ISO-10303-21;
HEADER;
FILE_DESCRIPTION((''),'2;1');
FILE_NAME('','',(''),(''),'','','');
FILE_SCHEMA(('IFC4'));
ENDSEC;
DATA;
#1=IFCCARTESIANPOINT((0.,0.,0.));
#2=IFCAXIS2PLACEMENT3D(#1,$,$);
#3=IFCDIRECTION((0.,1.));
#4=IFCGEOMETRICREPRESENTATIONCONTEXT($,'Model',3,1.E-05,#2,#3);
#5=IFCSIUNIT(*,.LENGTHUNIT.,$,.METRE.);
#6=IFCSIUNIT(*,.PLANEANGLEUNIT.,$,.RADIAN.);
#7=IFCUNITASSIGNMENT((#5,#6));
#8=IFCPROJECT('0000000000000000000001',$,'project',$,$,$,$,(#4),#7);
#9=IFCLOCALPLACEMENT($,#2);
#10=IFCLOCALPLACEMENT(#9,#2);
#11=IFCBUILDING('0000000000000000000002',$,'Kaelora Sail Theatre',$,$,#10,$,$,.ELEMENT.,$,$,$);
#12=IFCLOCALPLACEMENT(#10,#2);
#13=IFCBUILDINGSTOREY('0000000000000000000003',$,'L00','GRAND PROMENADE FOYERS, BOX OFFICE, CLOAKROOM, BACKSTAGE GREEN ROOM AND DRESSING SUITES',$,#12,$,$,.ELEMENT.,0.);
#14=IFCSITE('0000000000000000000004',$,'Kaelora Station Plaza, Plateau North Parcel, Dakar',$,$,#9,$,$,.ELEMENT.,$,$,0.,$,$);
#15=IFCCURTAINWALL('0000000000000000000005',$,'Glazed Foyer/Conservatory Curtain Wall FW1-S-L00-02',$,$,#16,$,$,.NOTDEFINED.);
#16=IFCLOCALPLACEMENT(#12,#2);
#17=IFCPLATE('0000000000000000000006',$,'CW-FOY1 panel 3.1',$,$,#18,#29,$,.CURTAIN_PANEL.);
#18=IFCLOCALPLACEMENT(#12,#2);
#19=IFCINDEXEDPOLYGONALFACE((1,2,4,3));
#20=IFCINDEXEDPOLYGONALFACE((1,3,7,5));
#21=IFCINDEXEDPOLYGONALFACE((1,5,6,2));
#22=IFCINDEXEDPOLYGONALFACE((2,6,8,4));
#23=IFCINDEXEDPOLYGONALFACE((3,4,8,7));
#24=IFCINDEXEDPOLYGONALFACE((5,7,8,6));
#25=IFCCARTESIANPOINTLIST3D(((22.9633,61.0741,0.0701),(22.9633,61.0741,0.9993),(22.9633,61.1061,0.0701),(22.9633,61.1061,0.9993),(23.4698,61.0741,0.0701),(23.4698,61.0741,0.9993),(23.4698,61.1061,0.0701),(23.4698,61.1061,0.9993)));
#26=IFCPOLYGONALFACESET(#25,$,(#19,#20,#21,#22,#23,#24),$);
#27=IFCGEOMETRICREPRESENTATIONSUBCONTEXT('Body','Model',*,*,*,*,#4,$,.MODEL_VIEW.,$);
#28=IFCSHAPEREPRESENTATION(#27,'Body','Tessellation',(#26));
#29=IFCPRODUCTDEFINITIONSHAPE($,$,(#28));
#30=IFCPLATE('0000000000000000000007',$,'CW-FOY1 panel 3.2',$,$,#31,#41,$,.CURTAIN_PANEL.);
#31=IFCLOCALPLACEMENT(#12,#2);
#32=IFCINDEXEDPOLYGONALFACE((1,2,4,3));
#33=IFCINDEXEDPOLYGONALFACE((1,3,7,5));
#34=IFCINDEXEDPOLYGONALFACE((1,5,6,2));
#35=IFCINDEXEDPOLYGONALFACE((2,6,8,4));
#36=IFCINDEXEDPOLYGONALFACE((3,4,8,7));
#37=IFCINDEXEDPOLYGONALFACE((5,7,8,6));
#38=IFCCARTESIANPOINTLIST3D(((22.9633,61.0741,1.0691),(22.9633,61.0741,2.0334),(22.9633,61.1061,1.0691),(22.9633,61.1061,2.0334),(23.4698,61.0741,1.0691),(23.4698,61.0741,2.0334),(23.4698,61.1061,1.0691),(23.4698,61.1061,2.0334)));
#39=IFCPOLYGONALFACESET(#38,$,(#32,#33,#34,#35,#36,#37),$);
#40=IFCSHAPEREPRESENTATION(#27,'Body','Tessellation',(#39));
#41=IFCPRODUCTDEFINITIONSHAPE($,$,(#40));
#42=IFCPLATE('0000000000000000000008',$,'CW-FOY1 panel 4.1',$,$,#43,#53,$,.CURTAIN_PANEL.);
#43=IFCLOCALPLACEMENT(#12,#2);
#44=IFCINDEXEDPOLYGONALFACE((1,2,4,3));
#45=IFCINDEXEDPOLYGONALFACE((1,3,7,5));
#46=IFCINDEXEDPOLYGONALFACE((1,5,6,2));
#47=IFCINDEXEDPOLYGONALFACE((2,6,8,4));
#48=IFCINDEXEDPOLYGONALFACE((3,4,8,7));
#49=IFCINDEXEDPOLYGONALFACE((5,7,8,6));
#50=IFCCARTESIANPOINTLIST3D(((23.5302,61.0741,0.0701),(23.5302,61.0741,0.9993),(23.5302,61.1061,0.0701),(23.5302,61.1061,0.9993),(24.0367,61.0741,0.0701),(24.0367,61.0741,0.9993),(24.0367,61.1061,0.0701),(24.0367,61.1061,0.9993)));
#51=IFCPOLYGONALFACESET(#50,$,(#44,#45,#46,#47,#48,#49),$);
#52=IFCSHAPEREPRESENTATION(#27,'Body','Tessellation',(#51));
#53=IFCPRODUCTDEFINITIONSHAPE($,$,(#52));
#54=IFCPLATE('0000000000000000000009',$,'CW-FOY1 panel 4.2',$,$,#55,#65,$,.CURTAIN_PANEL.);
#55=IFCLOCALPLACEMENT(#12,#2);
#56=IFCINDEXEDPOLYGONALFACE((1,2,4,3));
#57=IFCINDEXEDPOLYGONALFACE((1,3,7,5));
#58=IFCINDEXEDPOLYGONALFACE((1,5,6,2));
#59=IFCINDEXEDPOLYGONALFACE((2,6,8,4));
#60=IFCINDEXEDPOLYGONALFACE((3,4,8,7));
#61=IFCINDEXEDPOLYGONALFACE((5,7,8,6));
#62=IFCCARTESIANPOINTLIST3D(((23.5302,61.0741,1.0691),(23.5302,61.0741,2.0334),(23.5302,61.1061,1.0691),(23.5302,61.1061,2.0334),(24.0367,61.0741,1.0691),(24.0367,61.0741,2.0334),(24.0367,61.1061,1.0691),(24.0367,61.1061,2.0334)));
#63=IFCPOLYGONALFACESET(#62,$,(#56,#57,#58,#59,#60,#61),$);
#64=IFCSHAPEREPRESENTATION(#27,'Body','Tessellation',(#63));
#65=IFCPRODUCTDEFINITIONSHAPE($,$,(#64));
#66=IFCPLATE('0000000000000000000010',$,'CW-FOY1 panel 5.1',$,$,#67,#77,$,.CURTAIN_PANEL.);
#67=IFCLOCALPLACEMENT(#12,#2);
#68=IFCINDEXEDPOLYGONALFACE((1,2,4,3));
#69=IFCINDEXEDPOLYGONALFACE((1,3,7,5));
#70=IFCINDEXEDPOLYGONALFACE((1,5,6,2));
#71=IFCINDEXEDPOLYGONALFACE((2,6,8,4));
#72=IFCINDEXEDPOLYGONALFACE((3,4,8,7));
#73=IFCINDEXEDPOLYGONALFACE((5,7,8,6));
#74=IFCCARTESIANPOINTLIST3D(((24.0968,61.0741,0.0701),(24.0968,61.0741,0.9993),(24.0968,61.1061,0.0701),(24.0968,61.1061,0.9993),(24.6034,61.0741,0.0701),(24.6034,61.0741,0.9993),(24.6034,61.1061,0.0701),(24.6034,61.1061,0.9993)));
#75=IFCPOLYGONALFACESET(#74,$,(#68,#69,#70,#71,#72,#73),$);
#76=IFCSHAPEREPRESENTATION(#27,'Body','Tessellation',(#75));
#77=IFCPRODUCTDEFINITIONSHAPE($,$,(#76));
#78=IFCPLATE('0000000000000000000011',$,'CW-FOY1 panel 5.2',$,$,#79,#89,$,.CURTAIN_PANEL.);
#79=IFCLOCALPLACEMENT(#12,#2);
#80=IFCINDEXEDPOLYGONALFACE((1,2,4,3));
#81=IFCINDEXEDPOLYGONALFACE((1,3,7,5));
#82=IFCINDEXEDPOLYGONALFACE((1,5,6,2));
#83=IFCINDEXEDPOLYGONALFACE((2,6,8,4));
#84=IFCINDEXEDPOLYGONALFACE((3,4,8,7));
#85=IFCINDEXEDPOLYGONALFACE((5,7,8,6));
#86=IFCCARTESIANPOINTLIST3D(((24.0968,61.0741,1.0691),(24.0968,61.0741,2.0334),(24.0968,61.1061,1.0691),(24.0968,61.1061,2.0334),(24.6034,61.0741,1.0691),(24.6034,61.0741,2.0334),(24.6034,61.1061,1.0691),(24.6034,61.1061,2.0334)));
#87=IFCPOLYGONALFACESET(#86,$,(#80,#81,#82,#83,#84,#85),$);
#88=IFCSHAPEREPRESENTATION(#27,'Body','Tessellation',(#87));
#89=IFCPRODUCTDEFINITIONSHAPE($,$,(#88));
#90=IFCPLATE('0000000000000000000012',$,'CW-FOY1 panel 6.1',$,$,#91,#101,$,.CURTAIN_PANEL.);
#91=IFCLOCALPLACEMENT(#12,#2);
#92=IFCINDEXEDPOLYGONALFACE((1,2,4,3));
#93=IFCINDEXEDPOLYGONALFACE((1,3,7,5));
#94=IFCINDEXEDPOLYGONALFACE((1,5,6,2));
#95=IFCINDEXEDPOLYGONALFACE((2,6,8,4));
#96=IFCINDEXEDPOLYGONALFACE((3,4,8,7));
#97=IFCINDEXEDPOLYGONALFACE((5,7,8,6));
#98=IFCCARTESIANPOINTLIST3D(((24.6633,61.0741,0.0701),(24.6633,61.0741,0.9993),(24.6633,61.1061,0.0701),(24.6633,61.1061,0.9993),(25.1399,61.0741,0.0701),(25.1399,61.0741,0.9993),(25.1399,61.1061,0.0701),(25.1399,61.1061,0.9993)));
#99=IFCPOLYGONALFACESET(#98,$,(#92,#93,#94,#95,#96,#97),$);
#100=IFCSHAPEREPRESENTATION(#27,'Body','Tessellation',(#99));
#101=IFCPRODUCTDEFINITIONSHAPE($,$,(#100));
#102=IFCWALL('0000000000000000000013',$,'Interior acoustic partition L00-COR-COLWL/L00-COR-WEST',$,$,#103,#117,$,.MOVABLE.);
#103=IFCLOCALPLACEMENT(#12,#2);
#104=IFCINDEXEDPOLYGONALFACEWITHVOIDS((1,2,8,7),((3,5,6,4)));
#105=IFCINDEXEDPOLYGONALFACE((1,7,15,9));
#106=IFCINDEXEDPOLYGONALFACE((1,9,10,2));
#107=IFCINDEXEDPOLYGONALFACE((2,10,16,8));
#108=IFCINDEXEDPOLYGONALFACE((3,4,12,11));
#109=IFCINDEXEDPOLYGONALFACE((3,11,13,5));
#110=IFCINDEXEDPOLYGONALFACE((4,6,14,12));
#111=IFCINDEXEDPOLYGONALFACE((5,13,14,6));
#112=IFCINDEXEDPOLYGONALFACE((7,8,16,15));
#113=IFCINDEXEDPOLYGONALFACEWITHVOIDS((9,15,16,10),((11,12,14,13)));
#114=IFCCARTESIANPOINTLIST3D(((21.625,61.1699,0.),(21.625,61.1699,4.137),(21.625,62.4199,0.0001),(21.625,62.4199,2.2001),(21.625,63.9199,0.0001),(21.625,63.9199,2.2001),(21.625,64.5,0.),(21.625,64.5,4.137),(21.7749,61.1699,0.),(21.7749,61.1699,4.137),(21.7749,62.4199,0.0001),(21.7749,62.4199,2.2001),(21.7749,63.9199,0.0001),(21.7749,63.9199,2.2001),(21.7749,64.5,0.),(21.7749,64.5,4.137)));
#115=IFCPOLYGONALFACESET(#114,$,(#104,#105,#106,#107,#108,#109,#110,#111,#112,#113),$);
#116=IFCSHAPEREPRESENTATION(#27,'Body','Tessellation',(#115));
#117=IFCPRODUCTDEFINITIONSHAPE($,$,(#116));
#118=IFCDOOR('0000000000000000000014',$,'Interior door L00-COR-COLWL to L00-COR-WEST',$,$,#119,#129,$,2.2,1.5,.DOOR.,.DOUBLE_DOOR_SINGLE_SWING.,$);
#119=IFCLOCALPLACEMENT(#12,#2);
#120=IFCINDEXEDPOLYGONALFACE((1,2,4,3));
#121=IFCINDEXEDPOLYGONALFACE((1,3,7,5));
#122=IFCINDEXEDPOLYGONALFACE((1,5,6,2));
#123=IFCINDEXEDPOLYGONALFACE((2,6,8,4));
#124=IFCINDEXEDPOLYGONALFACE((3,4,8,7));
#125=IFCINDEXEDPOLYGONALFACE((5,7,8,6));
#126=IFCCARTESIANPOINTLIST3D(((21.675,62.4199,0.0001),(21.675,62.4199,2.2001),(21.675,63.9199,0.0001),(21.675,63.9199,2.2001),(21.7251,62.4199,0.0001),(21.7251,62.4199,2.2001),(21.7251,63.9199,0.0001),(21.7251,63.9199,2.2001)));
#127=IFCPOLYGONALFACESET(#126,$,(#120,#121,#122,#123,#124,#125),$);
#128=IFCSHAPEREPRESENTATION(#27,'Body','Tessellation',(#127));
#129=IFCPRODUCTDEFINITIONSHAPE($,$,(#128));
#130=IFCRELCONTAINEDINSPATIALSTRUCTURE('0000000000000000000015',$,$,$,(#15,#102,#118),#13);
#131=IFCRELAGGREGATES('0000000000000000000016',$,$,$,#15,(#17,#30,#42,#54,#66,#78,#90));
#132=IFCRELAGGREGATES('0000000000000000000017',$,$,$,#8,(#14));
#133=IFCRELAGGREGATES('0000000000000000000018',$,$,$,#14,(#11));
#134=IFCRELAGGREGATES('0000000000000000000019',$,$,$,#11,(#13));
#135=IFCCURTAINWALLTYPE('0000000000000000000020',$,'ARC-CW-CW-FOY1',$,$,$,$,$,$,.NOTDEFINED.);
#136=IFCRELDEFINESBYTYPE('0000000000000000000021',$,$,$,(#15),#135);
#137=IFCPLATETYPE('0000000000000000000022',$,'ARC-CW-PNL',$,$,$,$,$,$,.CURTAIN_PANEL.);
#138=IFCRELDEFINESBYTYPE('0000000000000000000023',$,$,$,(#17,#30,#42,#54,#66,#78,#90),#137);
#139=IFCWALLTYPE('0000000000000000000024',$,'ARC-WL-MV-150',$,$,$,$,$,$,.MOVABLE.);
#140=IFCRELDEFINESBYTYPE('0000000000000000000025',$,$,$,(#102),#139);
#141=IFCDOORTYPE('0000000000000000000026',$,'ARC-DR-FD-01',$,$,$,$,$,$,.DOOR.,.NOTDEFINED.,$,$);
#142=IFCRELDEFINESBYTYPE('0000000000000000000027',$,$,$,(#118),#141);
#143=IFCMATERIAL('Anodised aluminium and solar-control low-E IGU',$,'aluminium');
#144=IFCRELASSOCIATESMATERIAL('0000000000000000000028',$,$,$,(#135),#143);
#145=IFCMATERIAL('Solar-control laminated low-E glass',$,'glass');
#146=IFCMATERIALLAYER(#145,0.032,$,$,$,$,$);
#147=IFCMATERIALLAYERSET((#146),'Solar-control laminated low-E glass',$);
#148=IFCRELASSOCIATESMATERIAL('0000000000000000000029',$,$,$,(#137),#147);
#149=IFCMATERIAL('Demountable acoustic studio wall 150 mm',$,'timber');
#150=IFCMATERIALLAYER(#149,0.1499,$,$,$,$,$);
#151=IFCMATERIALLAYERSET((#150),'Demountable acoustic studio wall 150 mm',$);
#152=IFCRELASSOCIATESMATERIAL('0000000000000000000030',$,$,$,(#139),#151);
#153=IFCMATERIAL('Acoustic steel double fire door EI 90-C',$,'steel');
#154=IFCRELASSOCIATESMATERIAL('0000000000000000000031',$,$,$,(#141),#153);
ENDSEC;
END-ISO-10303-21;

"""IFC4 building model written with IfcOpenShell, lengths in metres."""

from ifc_helpers import new_model, si_unit, direction, frame, frame_2d, origin, origin_2d, place, context, subcontext, project, spatial, rectangle, extrude, material, layer, layer_set, type_object, element, fill, aggregate, save


model = new_model("IFC4")

# Units and contexts
model_context = context("Model", 3, precision=1e-05, world=origin(), true_north=direction((0.0, 1.0)))
body_context = subcontext(model_context, "Body", "Model", "MODEL_VIEW")
ifc_project = project(units=[si_unit("LENGTHUNIT", "METRE"), si_unit("PLANEANGLEUNIT", "RADIAN")], contexts=[model_context])

# Site, building, storey
site_placement = place(None, origin())
site = spatial("IfcSite", under=ifc_project, at=site_placement, Name="Kaelora Station Plaza, Plateau North Parcel, Dakar", CompositionType="ELEMENT", RefElevation=0.0)
building_placement = place(site_placement, origin())
building = spatial("IfcBuilding", under=site, at=building_placement, Name="Kaelora Sail Theatre", CompositionType="ELEMENT")
storey_placement = place(building_placement, origin())
storey = spatial("IfcBuildingStorey", under=building, at=storey_placement, Name="L00", Description="GRAND PROMENADE FOYERS, BOX OFFICE, CLOAKROOM, BACKSTAGE GREEN ROOM AND DRESSING SUITES", CompositionType="ELEMENT", Elevation=0.0)

# Curtain wall
ifc_material_1 = material(Name="Anodised aluminium and solar-control low-E IGU", Category="aluminium")
curtain_wall_type = type_object("IfcCurtainWallType", Name="ARC-CW-CW-FOY1", PredefinedType="NOTDEFINED", material=ifc_material_1)
curtain_wall_placement = place(storey_placement, origin())
curtain_wall = element("IfcCurtainWall", 1, at=curtain_wall_placement, inside=storey, type_object=curtain_wall_type, Name="Glazed Foyer/Conservatory Curtain Wall FW1-S-L00-02", PredefinedType="NOTDEFINED")

# Plates
ifc_material_2 = material(Name="Solar-control laminated low-E glass", Category="glass")
ifc_layer_1 = layer(ifc_material_2, 0.032)
ifc_layer_set_1 = layer_set([ifc_layer_1], Name="Solar-control laminated low-E glass")
plate_type = type_object("IfcPlateType", Name="ARC-CW-PNL", PredefinedType="CURTAIN_PANEL", material=ifc_layer_set_1)
plate_1_placement = place(storey_placement, frame((23.2166, 61.0901, 0.0701), z_axis=(0.0, 0.0, 1.0), x_axis=(1.0, 0.0, 0.0)))
plate_1 = element("IfcPlate", 2, at=plate_1_placement, type_object=plate_type, Name="CW-FOY1 panel 3.1", PredefinedType="CURTAIN_PANEL", context=body_context, shape_type="SweptSolid", body=[
    extrude(rectangle(XDim=0.5066, YDim=0.032, at=origin_2d()), origin(), (0.0, 0.0, 1.0), 0.9292),
])
plate_2_placement = place(storey_placement, frame((23.2166, 61.0901, 1.0691), z_axis=(0.0, 0.0, 1.0), x_axis=(1.0, 0.0, 0.0)))
plate_2 = element("IfcPlate", 3, at=plate_2_placement, type_object=plate_type, Name="CW-FOY1 panel 3.2", PredefinedType="CURTAIN_PANEL", context=body_context, shape_type="SweptSolid", body=[
    extrude(rectangle(XDim=0.5066, YDim=0.032, at=origin_2d()), origin(), (0.0, 0.0, 1.0), 0.9644),
])
plate_3_placement = place(storey_placement, frame((23.7834, 61.0901, 0.0701), z_axis=(0.0, 0.0, 1.0), x_axis=(1.0, 0.0, 0.0)))
plate_3 = element("IfcPlate", 4, at=plate_3_placement, type_object=plate_type, Name="CW-FOY1 panel 4.1", PredefinedType="CURTAIN_PANEL", context=body_context, shape_type="SweptSolid", body=[
    extrude(rectangle(XDim=0.5066, YDim=0.032, at=origin_2d()), origin(), (0.0, 0.0, 1.0), 0.9292),
])
plate_4_placement = place(storey_placement, frame((23.7834, 61.0901, 1.0691), z_axis=(0.0, 0.0, 1.0), x_axis=(1.0, 0.0, 0.0)))
plate_4 = element("IfcPlate", 5, at=plate_4_placement, type_object=plate_type, Name="CW-FOY1 panel 4.2", PredefinedType="CURTAIN_PANEL", context=body_context, shape_type="SweptSolid", body=[
    extrude(rectangle(XDim=0.5066, YDim=0.032, at=origin_2d()), origin(), (0.0, 0.0, 1.0), 0.9644),
])
plate_5_placement = place(storey_placement, frame((24.3501, 61.0901, 0.0701), z_axis=(0.0, 0.0, 1.0), x_axis=(1.0, 0.0, 0.0)))
plate_5 = element("IfcPlate", 6, at=plate_5_placement, type_object=plate_type, Name="CW-FOY1 panel 5.1", PredefinedType="CURTAIN_PANEL", context=body_context, shape_type="SweptSolid", body=[
    extrude(rectangle(XDim=0.5066, YDim=0.032, at=origin_2d()), origin(), (0.0, 0.0, 1.0), 0.9292),
])
plate_6_placement = place(storey_placement, frame((24.3501, 61.0901, 1.0691), z_axis=(0.0, 0.0, 1.0), x_axis=(1.0, 0.0, 0.0)))
plate_6 = element("IfcPlate", 7, at=plate_6_placement, type_object=plate_type, Name="CW-FOY1 panel 5.2", PredefinedType="CURTAIN_PANEL", context=body_context, shape_type="SweptSolid", body=[
    extrude(rectangle(XDim=0.5066, YDim=0.032, at=origin_2d()), origin(), (0.0, 0.0, 1.0), 0.9644),
])
plate_7_placement = place(storey_placement, frame((24.9016, 61.0901, 0.0701), z_axis=(0.0, 0.0, 1.0), x_axis=(1.0, 0.0, 0.0)))
plate_7 = element("IfcPlate", 8, at=plate_7_placement, type_object=plate_type, Name="CW-FOY1 panel 6.1", PredefinedType="CURTAIN_PANEL", context=body_context, shape_type="SweptSolid", body=[
    extrude(rectangle(XDim=0.4766, YDim=0.032, at=origin_2d()), origin(), (0.0, 0.0, 1.0), 0.9292),
])
aggregate(curtain_wall, [plate_1, plate_2, plate_3, plate_4, plate_5, plate_6, plate_7])

# Wall, opening, door
ifc_material_3 = material(Name="Demountable acoustic studio wall 150 mm", Category="timber")
ifc_layer_2 = layer(ifc_material_3, 0.1499)
ifc_layer_set_2 = layer_set([ifc_layer_2], Name="Demountable acoustic studio wall 150 mm")
wall_type = type_object("IfcWallType", Name="ARC-WL-MV-150", PredefinedType="MOVABLE", material=ifc_layer_set_2)
wall_placement = place(storey_placement, frame((21.7, 61.1699, 0.0), z_axis=(0.0, 0.0, 1.0), x_axis=(0.0, 1.0, 0.0)))
wall = element("IfcWall", 9, at=wall_placement, inside=storey, type_object=wall_type, Name="Interior acoustic partition L00-COR-COLWL/L00-COR-WEST", PredefinedType="MOVABLE", context=body_context, shape_type="SweptSolid", body=[
    extrude(rectangle(XDim=3.3301, YDim=0.1499, at=frame_2d((1.665, 0.0))), origin(), (0.0, 0.0, 1.0), 4.137),
])
opening_placement = place(wall_placement, frame((1.25, 0.0, 0.0)))
opening = element("IfcOpeningElement", 10, at=opening_placement, cuts=wall, PredefinedType="OPENING", context=body_context, shape_type="SweptSolid", body=[
    extrude(rectangle(XDim=1.5, YDim=2.2, at=frame_2d((0.75, 1.1001))), frame((0.0, 0.085, 0.0), z_axis=(0.0, -1.0, 0.0), x_axis=(1.0, 0.0, 0.0)), (0.0, 0.0, 1.0), 0.1699),
])
ifc_material_4 = material(Name="Acoustic steel double fire door EI 90-C", Category="steel")
door_type = type_object("IfcDoorType", Name="ARC-DR-FD-01", OperationType="NOTDEFINED", PredefinedType="DOOR", material=ifc_material_4)
door_placement = place(opening_placement, origin())
door = element("IfcDoor", 11, at=door_placement, inside=storey, type_object=door_type, Name="Interior door L00-COR-COLWL to L00-COR-WEST", OperationType="DOUBLE_DOOR_SINGLE_SWING", OverallHeight=2.2, OverallWidth=1.5, PredefinedType="DOOR", context=body_context, shape_type="SweptSolid", body=[
    extrude(rectangle(XDim=1.5, YDim=2.2, at=frame_2d((0.75, 1.1001))), frame((0.0, 0.0249, 0.0), z_axis=(0.0, -1.0, 0.0), x_axis=(1.0, 0.0, 0.0)), (0.0, 0.0, 1.0), 0.05),
])
fill(opening, door)

save(model, "model.ifc")
